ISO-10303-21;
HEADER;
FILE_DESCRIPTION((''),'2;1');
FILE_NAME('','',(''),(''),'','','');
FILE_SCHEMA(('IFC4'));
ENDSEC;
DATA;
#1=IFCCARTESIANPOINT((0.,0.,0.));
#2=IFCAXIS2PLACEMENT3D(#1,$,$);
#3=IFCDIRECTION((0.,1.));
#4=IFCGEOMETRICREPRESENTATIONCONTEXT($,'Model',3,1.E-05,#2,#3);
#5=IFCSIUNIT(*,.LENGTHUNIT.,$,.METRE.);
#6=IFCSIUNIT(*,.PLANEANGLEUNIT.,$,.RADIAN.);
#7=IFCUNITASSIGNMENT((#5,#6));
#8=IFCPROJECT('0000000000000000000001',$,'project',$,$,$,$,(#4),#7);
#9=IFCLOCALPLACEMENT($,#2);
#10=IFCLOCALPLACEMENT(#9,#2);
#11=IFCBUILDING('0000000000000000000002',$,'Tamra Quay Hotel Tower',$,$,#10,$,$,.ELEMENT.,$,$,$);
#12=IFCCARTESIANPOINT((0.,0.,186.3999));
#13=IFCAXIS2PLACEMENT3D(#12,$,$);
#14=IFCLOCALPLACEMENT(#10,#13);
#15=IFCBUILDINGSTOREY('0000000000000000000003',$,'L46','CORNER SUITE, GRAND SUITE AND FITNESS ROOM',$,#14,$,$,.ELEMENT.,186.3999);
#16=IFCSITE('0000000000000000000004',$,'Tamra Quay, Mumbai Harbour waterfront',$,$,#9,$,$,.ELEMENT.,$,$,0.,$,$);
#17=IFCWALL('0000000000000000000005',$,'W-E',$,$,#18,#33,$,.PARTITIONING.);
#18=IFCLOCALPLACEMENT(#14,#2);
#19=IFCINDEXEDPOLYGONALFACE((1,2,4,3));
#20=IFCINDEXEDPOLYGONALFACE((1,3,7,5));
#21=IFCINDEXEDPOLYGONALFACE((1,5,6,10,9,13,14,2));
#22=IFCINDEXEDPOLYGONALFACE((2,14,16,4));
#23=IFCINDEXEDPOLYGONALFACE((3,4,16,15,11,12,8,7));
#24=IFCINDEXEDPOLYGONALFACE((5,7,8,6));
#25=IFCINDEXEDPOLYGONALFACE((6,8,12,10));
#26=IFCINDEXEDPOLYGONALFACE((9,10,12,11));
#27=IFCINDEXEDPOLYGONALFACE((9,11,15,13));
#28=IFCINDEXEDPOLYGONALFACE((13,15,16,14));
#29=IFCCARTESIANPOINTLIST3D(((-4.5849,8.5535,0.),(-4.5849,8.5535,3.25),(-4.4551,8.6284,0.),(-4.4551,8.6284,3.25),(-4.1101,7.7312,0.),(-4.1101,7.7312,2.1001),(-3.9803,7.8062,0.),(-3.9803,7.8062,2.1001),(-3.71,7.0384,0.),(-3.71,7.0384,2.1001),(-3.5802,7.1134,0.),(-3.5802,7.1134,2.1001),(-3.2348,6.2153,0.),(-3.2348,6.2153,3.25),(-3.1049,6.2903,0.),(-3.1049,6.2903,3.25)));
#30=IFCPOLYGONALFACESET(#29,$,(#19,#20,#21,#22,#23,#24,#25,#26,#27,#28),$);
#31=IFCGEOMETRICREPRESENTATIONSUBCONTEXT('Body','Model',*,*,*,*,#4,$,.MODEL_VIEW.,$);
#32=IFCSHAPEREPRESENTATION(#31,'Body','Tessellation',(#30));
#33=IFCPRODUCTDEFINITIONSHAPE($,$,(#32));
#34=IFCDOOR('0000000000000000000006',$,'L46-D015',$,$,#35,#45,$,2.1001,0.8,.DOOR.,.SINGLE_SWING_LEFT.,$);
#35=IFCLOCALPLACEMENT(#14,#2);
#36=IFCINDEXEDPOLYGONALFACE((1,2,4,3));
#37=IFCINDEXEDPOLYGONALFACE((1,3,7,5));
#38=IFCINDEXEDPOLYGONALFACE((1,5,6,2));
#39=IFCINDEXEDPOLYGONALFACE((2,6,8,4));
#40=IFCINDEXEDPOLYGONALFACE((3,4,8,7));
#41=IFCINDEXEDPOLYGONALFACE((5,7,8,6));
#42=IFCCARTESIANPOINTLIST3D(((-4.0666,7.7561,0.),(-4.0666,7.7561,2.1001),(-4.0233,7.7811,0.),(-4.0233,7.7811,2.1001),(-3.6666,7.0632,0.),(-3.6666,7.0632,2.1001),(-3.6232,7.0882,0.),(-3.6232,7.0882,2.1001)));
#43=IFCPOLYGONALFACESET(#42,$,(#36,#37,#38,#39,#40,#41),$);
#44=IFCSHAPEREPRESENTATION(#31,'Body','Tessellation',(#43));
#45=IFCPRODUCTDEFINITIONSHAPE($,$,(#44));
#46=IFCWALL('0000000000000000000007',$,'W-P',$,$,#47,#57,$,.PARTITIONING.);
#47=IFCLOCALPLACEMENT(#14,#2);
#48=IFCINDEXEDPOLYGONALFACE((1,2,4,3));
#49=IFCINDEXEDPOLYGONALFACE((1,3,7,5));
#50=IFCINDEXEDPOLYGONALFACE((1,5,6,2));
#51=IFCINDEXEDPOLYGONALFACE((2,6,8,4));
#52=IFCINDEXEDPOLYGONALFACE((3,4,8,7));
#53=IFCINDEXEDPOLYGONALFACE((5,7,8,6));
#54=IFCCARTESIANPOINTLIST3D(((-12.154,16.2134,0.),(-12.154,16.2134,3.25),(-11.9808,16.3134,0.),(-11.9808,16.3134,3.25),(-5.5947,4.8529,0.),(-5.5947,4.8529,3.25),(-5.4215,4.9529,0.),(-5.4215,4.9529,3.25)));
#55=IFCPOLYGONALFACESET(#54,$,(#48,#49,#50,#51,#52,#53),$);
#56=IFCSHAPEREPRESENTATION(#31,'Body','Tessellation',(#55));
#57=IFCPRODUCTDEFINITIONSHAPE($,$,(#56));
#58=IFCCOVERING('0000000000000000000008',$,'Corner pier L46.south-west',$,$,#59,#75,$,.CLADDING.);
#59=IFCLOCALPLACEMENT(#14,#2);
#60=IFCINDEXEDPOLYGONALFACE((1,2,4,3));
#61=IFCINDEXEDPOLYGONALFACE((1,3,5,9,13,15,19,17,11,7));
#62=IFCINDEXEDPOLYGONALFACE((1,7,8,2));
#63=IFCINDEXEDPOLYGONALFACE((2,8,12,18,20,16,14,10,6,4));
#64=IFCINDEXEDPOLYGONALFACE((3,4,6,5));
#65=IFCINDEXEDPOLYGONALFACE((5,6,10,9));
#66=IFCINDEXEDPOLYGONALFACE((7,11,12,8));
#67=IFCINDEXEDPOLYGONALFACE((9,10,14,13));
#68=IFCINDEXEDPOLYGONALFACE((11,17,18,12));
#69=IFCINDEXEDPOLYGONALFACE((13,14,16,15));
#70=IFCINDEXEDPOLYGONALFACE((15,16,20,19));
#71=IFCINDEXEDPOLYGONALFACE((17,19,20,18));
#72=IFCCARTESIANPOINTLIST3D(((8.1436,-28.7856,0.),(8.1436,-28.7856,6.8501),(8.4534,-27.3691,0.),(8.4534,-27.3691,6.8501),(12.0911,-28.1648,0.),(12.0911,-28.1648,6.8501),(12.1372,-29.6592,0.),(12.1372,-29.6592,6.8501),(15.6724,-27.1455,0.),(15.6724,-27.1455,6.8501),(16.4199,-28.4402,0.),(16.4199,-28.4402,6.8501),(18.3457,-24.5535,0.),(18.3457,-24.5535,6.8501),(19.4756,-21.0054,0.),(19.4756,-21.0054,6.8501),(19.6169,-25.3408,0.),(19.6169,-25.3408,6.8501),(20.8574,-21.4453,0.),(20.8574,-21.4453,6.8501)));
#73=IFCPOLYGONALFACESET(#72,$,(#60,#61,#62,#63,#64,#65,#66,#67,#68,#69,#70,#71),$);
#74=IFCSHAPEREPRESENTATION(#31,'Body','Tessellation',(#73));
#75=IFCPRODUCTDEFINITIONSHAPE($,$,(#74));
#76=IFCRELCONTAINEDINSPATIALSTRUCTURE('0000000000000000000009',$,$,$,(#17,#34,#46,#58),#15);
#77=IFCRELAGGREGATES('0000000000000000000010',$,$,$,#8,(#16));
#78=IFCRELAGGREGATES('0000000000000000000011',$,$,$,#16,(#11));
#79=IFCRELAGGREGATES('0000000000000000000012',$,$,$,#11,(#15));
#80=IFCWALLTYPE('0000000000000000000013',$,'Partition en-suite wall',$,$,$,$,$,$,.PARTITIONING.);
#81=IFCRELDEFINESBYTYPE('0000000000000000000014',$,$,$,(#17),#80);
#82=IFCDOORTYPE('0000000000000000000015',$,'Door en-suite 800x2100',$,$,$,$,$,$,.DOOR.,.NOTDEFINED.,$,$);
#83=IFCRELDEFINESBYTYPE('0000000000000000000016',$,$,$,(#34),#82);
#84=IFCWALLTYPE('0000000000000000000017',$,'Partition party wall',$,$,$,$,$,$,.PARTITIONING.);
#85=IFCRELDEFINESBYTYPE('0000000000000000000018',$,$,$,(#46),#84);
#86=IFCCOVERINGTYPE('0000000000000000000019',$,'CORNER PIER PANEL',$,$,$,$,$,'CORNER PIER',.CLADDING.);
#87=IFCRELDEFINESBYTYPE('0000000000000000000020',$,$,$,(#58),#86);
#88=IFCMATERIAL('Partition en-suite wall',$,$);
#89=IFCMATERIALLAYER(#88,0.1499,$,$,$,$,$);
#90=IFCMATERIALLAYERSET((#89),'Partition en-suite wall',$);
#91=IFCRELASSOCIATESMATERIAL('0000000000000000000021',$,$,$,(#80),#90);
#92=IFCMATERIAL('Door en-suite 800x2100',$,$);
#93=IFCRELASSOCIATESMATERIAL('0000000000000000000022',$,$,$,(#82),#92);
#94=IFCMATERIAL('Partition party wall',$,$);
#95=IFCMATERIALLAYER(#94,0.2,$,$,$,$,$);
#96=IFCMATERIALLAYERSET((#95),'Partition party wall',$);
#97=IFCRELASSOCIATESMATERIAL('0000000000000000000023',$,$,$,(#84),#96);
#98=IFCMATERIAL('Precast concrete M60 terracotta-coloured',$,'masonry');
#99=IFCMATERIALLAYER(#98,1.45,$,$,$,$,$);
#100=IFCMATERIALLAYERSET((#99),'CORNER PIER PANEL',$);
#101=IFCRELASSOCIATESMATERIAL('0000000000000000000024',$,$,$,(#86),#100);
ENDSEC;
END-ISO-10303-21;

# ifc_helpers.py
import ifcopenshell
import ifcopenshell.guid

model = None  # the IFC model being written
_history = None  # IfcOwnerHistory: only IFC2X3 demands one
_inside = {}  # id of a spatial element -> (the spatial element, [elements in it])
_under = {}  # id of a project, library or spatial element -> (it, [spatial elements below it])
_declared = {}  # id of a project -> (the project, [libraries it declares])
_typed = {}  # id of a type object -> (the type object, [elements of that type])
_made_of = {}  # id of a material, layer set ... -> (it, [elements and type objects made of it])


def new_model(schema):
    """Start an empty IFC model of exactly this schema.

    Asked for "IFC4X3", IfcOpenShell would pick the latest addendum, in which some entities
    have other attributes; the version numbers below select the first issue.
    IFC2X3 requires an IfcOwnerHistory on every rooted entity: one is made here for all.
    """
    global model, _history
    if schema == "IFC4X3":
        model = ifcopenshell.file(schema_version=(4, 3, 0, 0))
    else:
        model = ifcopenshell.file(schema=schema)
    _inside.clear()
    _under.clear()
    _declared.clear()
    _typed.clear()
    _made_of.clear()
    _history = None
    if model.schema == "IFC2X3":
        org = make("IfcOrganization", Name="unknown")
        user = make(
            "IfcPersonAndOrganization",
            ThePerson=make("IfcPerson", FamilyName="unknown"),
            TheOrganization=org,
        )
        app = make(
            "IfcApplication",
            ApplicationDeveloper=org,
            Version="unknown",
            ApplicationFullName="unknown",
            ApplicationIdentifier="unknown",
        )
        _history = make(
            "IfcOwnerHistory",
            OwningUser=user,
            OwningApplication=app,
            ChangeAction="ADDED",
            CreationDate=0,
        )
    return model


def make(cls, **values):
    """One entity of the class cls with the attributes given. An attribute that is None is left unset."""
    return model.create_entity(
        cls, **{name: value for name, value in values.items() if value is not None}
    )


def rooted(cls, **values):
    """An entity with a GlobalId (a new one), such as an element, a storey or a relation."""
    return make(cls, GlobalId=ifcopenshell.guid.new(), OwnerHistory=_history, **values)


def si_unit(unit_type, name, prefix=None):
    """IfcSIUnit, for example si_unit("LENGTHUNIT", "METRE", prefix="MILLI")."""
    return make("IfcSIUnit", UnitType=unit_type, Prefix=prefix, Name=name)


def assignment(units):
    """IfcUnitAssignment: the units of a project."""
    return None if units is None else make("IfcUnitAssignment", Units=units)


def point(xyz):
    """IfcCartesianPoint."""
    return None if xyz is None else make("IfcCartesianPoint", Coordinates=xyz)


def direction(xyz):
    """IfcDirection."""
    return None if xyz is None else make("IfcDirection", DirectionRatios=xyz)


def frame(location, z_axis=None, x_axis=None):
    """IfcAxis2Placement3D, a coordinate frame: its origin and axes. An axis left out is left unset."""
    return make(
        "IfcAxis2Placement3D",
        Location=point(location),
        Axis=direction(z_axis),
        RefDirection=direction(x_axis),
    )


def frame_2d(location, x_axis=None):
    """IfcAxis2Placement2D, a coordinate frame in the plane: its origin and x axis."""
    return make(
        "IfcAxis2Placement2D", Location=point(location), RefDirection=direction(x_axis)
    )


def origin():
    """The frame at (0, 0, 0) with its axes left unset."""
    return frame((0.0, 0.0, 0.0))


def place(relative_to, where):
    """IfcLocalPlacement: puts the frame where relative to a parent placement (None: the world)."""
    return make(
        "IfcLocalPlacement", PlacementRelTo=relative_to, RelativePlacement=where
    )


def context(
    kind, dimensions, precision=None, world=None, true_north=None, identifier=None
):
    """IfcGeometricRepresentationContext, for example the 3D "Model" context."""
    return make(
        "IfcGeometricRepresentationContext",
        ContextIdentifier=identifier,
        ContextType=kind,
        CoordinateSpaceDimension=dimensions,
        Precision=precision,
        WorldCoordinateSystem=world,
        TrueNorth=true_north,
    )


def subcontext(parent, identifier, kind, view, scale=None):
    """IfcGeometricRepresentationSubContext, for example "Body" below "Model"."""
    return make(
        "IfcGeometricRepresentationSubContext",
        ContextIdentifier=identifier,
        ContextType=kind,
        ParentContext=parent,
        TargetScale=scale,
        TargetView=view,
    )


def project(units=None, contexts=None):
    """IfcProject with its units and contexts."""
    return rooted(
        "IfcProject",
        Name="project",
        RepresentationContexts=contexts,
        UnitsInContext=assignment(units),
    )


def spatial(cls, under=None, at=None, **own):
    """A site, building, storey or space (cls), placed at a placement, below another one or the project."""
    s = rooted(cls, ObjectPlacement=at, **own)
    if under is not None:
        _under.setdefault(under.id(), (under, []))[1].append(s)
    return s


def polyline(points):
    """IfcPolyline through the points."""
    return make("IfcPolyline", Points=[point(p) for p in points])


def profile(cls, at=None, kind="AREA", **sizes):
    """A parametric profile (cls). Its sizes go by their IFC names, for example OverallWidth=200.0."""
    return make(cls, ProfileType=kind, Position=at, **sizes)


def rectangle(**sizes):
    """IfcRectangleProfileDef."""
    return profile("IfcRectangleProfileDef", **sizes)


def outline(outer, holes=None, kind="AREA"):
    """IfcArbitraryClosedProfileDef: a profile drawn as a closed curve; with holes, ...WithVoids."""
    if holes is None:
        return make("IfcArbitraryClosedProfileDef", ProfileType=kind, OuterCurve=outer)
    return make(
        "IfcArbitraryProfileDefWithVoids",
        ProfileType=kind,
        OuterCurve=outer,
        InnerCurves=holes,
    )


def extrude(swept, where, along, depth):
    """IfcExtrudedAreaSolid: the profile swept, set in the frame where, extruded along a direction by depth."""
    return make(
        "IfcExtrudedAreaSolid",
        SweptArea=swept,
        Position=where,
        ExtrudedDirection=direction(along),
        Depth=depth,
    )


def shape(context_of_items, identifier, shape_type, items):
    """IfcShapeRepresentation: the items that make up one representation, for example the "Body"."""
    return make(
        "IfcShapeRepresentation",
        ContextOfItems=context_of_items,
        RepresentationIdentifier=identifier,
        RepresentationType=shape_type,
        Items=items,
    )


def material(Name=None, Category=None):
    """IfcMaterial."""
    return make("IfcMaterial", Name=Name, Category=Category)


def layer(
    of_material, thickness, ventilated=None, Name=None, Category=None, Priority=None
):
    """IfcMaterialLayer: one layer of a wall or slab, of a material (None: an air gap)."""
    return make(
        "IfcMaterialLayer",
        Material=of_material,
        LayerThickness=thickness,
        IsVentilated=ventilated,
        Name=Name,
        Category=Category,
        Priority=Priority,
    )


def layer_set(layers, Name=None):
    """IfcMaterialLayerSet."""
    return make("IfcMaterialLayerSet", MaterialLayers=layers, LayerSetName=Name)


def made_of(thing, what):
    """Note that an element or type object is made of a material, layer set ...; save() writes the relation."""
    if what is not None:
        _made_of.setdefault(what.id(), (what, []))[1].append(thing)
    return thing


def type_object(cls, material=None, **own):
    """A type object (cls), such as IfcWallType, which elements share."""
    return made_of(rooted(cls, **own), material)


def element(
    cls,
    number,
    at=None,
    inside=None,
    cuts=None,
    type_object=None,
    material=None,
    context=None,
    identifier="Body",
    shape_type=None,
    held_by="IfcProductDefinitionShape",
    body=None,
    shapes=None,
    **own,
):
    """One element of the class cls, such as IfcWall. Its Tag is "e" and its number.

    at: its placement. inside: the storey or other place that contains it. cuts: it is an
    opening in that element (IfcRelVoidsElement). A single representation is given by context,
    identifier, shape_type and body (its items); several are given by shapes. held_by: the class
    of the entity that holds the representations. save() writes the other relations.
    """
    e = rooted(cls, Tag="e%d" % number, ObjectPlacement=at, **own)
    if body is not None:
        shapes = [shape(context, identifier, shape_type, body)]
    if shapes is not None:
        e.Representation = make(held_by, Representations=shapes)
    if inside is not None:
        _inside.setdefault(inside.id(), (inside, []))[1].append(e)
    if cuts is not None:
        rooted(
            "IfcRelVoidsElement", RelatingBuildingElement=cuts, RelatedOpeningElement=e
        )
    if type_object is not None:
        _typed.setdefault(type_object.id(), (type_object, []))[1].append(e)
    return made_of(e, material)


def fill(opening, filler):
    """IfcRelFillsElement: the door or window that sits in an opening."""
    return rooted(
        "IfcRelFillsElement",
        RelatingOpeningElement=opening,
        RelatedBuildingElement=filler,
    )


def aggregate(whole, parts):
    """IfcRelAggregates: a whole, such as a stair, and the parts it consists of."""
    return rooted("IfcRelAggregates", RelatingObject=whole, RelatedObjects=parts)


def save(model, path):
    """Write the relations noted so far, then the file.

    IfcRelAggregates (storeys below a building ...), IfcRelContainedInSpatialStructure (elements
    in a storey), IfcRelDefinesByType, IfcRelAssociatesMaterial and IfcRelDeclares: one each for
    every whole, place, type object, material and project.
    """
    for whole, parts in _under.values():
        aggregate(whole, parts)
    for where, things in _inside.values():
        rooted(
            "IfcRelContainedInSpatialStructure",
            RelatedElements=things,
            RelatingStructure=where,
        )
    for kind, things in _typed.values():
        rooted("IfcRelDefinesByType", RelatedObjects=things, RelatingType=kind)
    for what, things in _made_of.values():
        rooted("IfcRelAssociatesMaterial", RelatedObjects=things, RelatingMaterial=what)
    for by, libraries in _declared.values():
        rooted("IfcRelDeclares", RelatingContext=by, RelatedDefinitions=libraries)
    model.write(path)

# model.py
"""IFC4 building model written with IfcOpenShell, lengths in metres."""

from ifc_helpers import new_model, si_unit, direction, frame, frame_2d, origin, place, context, subcontext, project, spatial, polyline, rectangle, outline, extrude, material, layer, layer_set, type_object, element, fill, save


model = new_model("IFC4")

# Units and contexts
model_context = context("Model", 3, precision=1e-05, world=origin(), true_north=direction((0.0, 1.0)))
body_context = subcontext(model_context, "Body", "Model", "MODEL_VIEW")
ifc_project = project(units=[si_unit("LENGTHUNIT", "METRE"), si_unit("PLANEANGLEUNIT", "RADIAN")], contexts=[model_context])

# Site, building, storey
site_placement = place(None, origin())
site = spatial("IfcSite", under=ifc_project, at=site_placement, Name="Tamra Quay, Mumbai Harbour waterfront", CompositionType="ELEMENT", RefElevation=0.0)
building_placement = place(site_placement, origin())
building = spatial("IfcBuilding", under=site, at=building_placement, Name="Tamra Quay Hotel Tower", CompositionType="ELEMENT")
storey_placement = place(building_placement, frame((0.0, 0.0, 186.3999)))
storey = spatial("IfcBuildingStorey", under=building, at=storey_placement, Name="L46", Description="CORNER SUITE, GRAND SUITE AND FITNESS ROOM", CompositionType="ELEMENT", Elevation=186.3999)

# Shared definitions
ifc_material_1 = material(Name="Partition en-suite wall")
ifc_layer_1 = layer(ifc_material_1, 0.1499)
ifc_layer_set_1 = layer_set([ifc_layer_1], Name="Partition en-suite wall")
wall_type_1 = type_object("IfcWallType", Name="Partition en-suite wall", PredefinedType="PARTITIONING", material=ifc_layer_set_1)
ifc_material_2 = material(Name="Door en-suite 800x2100")
door_type_1 = type_object("IfcDoorType", Name="Door en-suite 800x2100", OperationType="NOTDEFINED", PredefinedType="DOOR", material=ifc_material_2)

# Wall, opening, door
wall_1_placement = place(storey_placement, frame((-4.52, 8.5911, 0.0), z_axis=(0.0, 0.0, 1.0), x_axis=(0.500049, -0.865997, 0.0)))
wall_1 = element("IfcWall", 1, at=wall_1_placement, inside=storey, type_object=wall_type_1, Name="W-E", PredefinedType="PARTITIONING", context=body_context, shape_type="SweptSolid", body=[
    extrude(rectangle(XDim=2.7, YDim=0.1499, at=frame_2d((1.3501, 0.0))), origin(), (0.0, 0.0, 1.0), 3.25),
])
opening_1_placement = place(wall_1_placement, frame((0.9497, 0.0, 0.0)))
opening_1 = element("IfcOpeningElement", 2, at=opening_1_placement, cuts=wall_1, PredefinedType="OPENING", context=body_context, shape_type="SweptSolid", body=[
    extrude(rectangle(XDim=0.8, YDim=2.1001, at=frame_2d((0.3999, 1.05))), frame((0.0, 0.085, 0.0), z_axis=(0.0, -1.0, 0.0), x_axis=(1.0, 0.0, 0.0)), (0.0, 0.0, 1.0), 0.1699),
])
door_1_placement = place(opening_1_placement, frame((0.8, 0.0, 0.0), z_axis=(0.0, 0.0, 1.0), x_axis=(-1.0, 0.0, 0.0)))
door_1 = element("IfcDoor", 3, at=door_1_placement, inside=storey, type_object=door_type_1, Name="L46-D015", OperationType="SINGLE_SWING_LEFT", OverallHeight=2.1001, OverallWidth=0.8, PredefinedType="DOOR", context=body_context, shape_type="SweptSolid", body=[
    extrude(rectangle(XDim=0.8, YDim=2.1001, at=frame_2d((0.3999, 1.05))), frame((0.0, 0.0249, 0.0), z_axis=(0.0, -1.0, 0.0), x_axis=(1.0, 0.0, 0.0)), (0.0, 0.0, 1.0), 0.05),
])
fill(opening_1, door_1)

# Wall
ifc_material_3 = material(Name="Partition party wall")
ifc_layer_2 = layer(ifc_material_3, 0.2)
ifc_layer_set_2 = layer_set([ifc_layer_2], Name="Partition party wall")
wall_type_2 = type_object("IfcWallType", Name="Partition party wall", PredefinedType="PARTITIONING", material=ifc_layer_set_2)
wall_2_placement = place(storey_placement, frame((-12.0674, 16.2634, 0.0), z_axis=(0.0, 0.0, 1.0), x_axis=(0.500016, -0.866016, 0.0)))
element("IfcWall", 4, at=wall_2_placement, inside=storey, type_object=wall_type_2, Name="W-P", PredefinedType="PARTITIONING", context=body_context, shape_type="SweptSolid", body=[
    extrude(rectangle(XDim=13.1182, YDim=0.2, at=frame_2d((6.5591, 0.0))), origin(), (0.0, 0.0, 1.0), 3.25),
])

# Covering
ifc_material_4 = material(Name="Precast concrete M60 terracotta-coloured", Category="masonry")
ifc_layer_3 = layer(ifc_material_4, 1.45)
ifc_layer_set_3 = layer_set([ifc_layer_3], Name="CORNER PIER PANEL")
covering_type_1 = type_object("IfcCoveringType", Name="CORNER PIER PANEL", ElementType="CORNER PIER", PredefinedType="CLADDING", material=ifc_layer_set_3)
covering_1_placement = place(storey_placement, origin())
element("IfcCovering", 5, at=covering_1_placement, inside=storey, type_object=covering_type_1, Name="Corner pier L46.south-west", PredefinedType="CLADDING", context=body_context, shape_type="SweptSolid", body=[
    extrude(outline(polyline([(8.4534, -27.3691), (8.1436, -28.7856), (12.1372, -29.6592), (16.4199, -28.4402), (19.6169, -25.3408), (20.8574, -21.4453), (19.4756, -21.0054), (18.3457, -24.5535), (15.6724, -27.1455), (12.0911, -28.1648), (8.4534, -27.3691)])), origin(), (0.0, 0.0, 1.0), 6.8501),
])

save(model, "model.ifc")
